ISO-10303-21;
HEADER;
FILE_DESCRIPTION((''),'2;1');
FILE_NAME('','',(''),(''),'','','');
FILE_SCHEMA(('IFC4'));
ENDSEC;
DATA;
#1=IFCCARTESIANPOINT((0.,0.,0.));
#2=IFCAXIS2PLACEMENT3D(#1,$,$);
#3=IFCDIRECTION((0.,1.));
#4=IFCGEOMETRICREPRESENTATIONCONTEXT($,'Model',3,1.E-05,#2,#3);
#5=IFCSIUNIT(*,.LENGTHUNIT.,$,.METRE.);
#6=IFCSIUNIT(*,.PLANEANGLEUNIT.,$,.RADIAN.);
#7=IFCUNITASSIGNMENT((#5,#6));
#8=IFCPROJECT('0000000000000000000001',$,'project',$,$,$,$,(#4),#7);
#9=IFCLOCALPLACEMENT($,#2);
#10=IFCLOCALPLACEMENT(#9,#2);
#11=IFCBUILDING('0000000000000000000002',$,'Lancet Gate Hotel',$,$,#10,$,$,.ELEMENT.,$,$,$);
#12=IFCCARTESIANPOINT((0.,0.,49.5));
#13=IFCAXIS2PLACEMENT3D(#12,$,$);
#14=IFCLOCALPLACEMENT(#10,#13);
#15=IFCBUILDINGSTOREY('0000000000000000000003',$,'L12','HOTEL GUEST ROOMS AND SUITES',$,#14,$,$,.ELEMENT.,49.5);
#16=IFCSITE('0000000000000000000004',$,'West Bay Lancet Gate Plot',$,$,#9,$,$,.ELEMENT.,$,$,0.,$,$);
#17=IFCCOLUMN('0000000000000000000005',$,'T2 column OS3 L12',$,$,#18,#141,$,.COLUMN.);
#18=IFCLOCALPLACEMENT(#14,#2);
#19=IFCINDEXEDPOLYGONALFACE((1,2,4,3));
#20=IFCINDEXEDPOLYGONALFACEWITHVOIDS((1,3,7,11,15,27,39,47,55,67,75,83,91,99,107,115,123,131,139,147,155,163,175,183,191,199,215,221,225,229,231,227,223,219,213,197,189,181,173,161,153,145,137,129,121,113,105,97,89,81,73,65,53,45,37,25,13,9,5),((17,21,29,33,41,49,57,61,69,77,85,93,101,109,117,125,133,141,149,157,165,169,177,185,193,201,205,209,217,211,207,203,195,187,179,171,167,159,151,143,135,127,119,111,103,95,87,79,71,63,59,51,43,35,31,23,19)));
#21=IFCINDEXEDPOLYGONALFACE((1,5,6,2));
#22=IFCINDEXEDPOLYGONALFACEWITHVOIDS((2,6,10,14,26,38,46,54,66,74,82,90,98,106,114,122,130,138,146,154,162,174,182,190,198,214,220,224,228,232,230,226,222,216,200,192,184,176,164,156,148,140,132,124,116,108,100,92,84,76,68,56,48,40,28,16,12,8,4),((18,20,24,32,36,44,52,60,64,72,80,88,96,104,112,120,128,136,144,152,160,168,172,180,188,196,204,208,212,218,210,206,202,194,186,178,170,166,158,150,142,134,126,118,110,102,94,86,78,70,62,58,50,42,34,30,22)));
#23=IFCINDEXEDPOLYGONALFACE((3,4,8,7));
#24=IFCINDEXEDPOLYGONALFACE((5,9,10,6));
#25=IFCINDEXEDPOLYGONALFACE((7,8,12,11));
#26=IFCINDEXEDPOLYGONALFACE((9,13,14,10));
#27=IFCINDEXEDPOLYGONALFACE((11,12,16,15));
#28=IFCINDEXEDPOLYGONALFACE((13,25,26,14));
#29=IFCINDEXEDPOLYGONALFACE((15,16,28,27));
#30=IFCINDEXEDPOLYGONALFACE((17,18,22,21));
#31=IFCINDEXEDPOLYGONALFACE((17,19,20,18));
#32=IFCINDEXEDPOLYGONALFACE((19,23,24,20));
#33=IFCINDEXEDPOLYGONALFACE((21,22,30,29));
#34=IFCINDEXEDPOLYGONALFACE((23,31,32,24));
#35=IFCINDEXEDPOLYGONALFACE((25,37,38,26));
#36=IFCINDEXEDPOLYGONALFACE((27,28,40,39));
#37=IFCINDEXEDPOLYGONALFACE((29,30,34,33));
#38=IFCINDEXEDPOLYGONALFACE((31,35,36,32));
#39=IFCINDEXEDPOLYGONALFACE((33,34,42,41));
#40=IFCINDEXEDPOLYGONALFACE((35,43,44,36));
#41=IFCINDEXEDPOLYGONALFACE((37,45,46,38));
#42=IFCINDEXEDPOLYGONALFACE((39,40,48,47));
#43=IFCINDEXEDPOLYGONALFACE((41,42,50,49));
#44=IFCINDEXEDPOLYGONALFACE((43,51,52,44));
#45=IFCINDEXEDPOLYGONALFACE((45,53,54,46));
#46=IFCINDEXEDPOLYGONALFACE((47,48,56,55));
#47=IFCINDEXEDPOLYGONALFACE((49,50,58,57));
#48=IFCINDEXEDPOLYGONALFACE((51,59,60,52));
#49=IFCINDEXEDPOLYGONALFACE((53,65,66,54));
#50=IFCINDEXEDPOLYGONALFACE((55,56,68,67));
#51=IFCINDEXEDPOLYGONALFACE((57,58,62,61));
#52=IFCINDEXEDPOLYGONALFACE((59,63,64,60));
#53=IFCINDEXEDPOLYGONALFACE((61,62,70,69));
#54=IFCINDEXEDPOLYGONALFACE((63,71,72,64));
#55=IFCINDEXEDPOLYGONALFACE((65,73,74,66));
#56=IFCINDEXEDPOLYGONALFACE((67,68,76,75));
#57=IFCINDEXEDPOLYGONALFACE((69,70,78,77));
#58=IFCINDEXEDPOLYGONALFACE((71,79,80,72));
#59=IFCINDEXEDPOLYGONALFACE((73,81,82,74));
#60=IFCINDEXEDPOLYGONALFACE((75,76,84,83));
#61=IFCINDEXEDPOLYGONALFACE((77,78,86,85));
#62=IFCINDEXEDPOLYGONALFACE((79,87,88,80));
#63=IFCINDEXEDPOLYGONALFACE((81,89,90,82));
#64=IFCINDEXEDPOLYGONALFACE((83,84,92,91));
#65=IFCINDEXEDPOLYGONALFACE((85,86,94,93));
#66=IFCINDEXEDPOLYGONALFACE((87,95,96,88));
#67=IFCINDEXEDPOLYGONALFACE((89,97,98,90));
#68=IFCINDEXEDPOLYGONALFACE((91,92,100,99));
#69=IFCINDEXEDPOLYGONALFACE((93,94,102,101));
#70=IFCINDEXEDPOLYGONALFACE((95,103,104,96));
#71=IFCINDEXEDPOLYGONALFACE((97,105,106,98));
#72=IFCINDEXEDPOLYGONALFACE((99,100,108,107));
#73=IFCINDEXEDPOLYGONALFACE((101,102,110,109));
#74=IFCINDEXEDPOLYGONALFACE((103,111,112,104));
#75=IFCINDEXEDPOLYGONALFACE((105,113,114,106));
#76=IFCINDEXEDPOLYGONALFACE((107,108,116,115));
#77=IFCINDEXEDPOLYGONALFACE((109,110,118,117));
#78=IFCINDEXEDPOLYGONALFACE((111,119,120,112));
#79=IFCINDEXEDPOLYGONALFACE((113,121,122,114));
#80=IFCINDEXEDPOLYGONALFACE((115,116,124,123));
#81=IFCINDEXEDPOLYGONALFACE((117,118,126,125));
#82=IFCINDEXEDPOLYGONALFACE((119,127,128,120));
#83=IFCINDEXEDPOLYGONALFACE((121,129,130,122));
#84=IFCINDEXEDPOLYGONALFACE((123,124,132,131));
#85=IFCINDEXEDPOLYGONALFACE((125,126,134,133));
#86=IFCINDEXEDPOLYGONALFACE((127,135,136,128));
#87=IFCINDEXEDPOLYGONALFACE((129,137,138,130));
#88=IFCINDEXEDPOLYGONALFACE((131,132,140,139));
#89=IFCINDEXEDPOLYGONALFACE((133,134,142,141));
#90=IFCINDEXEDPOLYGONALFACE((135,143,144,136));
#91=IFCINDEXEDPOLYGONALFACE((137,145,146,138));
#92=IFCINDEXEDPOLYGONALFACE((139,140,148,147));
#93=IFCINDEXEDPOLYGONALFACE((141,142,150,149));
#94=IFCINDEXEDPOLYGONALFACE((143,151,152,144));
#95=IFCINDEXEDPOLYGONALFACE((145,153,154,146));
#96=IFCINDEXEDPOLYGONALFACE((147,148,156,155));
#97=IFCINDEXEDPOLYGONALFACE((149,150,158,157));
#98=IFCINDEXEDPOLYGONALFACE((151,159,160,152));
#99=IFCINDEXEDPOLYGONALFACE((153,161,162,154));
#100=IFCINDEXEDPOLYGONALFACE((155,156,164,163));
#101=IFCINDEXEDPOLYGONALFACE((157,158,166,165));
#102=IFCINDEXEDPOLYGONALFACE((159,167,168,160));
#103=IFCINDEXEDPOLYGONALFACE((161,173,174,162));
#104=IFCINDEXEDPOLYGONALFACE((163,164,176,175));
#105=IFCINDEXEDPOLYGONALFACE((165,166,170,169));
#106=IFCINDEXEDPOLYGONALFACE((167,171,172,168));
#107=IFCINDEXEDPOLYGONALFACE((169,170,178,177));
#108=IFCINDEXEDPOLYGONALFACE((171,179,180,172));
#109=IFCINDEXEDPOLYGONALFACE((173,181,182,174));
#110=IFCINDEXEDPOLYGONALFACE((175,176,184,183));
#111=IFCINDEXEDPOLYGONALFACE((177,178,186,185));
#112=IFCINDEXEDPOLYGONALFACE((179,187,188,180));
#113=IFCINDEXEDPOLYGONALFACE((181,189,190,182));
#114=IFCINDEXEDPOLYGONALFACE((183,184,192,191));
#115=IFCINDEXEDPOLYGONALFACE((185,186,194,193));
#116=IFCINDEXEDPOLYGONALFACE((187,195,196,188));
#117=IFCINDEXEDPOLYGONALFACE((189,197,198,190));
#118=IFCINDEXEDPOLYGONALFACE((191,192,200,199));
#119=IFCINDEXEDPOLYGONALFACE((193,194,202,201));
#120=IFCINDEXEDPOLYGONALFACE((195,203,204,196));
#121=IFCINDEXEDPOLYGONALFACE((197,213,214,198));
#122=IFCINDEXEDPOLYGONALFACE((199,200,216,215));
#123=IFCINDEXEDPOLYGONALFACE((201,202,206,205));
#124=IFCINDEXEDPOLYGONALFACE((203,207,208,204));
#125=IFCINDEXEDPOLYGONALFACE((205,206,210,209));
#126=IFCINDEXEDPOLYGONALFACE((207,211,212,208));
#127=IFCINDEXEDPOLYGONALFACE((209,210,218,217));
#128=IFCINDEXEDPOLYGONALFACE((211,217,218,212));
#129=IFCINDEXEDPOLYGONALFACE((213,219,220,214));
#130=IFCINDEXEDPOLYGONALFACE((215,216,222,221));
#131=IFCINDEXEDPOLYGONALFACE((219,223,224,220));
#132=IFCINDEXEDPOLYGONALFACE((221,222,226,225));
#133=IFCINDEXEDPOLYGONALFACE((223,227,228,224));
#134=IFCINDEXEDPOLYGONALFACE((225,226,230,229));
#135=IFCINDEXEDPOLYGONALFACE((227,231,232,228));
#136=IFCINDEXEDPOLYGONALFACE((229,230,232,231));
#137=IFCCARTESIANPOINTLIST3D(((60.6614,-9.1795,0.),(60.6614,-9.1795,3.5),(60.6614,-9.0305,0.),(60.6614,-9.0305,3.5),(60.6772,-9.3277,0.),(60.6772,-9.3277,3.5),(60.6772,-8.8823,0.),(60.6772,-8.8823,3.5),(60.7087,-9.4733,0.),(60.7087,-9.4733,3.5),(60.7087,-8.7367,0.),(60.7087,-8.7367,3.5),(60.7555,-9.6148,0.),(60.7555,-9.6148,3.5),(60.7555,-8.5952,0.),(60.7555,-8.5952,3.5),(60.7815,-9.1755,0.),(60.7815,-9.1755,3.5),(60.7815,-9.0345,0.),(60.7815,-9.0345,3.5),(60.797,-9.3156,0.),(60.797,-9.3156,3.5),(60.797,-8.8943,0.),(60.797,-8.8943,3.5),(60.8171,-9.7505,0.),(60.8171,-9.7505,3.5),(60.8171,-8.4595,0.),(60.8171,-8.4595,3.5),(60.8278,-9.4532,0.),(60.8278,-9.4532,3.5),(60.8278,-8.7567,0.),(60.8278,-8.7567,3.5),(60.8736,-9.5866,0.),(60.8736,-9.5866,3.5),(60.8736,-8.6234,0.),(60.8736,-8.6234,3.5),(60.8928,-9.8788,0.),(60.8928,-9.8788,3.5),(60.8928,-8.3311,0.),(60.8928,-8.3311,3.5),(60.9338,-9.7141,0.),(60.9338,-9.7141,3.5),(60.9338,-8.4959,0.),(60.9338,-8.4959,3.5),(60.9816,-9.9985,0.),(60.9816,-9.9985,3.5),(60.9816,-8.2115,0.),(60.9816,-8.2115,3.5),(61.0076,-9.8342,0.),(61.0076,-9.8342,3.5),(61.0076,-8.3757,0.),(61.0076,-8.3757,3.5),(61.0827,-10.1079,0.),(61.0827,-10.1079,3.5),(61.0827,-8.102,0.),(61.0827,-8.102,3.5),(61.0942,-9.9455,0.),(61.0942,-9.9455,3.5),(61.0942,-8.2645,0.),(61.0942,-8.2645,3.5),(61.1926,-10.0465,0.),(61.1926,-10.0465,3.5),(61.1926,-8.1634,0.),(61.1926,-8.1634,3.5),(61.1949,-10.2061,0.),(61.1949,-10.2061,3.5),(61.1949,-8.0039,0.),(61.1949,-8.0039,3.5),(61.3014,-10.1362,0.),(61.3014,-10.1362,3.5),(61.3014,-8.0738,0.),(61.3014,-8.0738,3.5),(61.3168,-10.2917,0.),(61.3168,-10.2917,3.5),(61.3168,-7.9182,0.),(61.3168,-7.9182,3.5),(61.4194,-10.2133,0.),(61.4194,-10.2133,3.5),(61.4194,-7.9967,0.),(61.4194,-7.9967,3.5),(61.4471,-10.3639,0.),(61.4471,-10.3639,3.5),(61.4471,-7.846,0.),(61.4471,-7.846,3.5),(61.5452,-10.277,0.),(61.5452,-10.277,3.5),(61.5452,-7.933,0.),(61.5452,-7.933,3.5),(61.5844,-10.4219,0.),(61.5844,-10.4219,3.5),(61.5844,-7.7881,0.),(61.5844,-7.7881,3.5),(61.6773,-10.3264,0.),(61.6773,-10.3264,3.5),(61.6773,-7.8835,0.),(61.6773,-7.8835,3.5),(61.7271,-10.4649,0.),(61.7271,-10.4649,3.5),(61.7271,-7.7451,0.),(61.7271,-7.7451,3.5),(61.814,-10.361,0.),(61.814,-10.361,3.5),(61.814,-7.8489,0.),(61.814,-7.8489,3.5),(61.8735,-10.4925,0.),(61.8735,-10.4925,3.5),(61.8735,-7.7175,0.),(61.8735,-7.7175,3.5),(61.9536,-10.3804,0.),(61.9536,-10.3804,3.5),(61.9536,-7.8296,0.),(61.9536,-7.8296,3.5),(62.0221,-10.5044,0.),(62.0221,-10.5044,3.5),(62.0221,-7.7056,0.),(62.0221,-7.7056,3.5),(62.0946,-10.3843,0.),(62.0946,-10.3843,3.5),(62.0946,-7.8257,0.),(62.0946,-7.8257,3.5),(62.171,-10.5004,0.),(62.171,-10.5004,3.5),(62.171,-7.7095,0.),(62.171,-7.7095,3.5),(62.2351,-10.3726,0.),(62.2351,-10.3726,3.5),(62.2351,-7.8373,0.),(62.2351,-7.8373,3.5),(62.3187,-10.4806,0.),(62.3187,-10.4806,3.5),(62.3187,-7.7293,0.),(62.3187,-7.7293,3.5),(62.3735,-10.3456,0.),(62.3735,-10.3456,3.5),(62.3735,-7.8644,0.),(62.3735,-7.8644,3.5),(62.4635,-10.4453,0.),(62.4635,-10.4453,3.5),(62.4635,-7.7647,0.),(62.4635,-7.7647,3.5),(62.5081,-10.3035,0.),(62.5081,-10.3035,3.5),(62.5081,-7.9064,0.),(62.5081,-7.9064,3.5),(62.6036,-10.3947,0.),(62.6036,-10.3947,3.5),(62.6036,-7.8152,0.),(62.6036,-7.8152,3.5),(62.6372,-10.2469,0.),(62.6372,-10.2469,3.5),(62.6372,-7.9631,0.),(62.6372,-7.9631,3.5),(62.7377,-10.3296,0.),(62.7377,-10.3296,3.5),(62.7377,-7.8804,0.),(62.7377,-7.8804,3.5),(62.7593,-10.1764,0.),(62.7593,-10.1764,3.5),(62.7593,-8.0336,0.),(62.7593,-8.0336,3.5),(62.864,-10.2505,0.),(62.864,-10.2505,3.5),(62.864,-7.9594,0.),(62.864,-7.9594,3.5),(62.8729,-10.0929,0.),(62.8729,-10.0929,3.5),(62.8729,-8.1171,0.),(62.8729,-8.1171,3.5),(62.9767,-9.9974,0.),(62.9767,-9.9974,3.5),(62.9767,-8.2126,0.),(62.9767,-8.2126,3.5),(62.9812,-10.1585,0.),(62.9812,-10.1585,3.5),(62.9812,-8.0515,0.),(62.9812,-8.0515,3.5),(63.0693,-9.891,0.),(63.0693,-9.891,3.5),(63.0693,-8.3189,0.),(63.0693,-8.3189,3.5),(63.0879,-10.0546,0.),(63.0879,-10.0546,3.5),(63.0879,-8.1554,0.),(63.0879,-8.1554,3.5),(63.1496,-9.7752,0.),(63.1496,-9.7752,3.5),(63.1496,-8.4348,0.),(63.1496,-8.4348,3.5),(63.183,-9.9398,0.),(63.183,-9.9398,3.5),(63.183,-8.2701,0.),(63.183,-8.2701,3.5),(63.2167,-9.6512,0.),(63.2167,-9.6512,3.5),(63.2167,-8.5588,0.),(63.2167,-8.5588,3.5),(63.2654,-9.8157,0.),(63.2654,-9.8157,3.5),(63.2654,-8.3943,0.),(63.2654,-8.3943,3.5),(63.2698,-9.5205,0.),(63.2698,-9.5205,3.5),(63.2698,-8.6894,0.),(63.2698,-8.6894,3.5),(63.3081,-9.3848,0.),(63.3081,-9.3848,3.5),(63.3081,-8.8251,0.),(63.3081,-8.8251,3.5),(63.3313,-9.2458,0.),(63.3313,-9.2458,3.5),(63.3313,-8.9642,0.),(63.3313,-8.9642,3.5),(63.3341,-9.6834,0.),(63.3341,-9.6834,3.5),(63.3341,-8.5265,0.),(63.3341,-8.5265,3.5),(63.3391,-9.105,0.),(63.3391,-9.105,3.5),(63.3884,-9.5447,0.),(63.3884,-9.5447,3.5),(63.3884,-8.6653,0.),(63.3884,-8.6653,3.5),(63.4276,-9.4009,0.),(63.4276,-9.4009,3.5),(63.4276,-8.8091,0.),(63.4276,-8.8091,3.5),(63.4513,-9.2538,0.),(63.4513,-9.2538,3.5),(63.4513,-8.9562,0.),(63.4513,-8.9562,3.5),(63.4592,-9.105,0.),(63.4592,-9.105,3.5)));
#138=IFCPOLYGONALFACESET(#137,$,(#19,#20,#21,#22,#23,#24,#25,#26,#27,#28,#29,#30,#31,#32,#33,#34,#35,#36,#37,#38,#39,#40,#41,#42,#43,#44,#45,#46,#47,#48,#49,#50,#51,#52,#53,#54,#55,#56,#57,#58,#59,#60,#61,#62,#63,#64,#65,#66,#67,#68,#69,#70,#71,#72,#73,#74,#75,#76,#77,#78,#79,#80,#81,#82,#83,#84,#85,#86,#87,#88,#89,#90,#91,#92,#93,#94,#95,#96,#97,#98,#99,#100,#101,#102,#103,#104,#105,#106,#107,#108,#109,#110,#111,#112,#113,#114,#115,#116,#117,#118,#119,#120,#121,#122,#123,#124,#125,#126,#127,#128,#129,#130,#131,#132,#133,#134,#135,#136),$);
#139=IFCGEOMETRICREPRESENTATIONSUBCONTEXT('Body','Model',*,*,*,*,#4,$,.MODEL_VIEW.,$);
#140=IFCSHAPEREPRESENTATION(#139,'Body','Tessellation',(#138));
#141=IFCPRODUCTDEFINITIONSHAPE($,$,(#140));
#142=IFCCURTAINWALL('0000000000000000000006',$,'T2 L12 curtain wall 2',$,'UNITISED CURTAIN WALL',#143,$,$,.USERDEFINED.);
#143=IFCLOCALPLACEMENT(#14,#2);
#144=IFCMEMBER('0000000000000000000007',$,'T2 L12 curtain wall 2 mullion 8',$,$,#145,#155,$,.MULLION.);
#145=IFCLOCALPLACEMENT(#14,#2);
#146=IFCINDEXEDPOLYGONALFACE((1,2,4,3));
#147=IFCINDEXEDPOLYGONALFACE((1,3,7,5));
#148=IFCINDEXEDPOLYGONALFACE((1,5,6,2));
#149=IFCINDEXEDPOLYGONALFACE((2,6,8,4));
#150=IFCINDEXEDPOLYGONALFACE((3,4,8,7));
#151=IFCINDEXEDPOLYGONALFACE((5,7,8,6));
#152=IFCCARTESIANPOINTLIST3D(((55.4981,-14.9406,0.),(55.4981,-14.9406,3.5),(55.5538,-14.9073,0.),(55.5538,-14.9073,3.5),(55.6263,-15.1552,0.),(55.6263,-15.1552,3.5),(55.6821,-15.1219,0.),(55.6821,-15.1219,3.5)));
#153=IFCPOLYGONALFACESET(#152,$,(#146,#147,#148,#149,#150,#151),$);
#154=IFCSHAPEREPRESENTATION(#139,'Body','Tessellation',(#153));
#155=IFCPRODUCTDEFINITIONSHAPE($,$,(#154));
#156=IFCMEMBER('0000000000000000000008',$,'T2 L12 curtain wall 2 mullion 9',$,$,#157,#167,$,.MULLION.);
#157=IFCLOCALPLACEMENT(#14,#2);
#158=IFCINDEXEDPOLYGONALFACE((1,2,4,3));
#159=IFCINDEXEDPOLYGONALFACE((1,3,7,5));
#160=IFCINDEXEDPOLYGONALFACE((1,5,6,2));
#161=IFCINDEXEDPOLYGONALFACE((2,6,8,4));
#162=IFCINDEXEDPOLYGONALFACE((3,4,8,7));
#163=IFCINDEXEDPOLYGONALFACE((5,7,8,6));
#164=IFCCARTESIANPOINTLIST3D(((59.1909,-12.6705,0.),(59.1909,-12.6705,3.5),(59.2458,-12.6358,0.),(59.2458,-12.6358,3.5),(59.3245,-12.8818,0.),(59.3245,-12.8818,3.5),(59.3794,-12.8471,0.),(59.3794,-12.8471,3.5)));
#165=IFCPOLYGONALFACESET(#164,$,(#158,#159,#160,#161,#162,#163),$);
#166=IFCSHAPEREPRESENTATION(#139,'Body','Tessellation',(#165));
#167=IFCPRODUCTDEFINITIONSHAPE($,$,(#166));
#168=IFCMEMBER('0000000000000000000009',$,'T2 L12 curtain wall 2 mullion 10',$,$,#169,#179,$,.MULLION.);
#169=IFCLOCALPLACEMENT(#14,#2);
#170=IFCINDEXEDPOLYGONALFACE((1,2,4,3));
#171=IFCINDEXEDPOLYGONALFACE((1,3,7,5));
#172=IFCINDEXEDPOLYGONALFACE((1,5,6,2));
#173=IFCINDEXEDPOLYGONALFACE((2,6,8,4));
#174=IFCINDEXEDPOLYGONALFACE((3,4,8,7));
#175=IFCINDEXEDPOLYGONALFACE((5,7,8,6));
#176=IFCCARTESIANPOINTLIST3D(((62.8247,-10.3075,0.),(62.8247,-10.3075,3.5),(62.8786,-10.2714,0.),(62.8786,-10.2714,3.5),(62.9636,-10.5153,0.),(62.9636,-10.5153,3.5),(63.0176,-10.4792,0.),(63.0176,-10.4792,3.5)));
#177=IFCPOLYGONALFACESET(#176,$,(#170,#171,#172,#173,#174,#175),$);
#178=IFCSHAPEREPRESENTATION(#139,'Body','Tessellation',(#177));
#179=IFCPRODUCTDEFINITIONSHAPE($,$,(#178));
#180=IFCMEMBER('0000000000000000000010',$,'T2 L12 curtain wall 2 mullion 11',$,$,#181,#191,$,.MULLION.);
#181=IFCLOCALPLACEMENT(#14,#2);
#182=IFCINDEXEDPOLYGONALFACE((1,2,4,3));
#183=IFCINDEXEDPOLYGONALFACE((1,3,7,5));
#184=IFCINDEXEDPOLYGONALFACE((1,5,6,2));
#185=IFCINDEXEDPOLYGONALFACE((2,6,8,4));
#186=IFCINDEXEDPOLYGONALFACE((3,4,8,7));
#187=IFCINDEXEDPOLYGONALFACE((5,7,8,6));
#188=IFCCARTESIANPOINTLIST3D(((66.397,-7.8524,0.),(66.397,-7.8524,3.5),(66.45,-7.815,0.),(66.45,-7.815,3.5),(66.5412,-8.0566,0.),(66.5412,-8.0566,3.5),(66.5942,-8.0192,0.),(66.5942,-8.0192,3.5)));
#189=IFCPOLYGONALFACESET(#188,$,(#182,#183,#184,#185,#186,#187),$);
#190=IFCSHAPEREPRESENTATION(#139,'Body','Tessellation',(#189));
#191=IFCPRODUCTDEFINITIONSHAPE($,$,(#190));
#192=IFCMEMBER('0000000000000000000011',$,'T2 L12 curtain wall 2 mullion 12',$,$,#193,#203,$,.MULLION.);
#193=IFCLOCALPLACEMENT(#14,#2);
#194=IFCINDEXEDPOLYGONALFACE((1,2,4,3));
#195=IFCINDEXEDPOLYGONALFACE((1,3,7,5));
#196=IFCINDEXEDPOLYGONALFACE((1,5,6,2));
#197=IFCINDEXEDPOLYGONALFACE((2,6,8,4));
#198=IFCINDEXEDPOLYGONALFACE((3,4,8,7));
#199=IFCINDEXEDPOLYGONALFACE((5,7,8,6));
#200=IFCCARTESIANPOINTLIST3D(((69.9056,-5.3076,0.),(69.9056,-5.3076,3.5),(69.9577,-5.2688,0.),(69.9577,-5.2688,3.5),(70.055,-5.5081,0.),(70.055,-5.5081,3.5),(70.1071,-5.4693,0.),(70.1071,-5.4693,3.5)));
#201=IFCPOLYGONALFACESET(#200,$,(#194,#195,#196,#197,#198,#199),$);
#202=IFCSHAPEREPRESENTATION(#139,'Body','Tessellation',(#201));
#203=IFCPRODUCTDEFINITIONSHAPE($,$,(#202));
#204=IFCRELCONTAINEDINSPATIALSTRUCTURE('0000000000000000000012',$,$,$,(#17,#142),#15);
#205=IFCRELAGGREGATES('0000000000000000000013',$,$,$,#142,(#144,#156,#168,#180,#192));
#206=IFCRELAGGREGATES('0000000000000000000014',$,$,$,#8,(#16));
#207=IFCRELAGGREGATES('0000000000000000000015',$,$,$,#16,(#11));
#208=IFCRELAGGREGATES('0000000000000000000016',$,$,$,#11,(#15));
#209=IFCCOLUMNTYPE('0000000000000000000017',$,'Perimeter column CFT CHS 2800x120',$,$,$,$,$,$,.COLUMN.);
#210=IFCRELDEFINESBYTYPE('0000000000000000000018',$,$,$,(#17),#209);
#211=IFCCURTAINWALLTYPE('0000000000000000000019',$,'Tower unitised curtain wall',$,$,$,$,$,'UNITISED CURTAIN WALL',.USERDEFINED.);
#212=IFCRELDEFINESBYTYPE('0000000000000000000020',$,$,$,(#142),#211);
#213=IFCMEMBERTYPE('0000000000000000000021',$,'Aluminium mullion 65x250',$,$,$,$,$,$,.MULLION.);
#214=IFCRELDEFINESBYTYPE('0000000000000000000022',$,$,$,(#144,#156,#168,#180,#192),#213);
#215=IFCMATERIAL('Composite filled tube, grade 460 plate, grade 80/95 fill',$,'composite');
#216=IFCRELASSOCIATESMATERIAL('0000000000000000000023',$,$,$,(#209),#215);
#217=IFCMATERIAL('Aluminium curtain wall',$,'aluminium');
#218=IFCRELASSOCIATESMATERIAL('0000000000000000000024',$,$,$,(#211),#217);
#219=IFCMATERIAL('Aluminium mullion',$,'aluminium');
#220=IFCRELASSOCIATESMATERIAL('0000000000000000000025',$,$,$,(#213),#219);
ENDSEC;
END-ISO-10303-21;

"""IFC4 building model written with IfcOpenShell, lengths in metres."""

from ifc_helpers import new_model, si_unit, direction, frame, origin, origin_2d, place, context, subcontext, project, spatial, rectangle, hollow_circle, extrude, material, material_profile, profile_set, type_object, element, aggregate, save


model = new_model("IFC4")

# Units and contexts
model_context = context("Model", 3, precision=1e-05, world=origin(), true_north=direction((0.0, 1.0)))
body_context = subcontext(model_context, "Body", "Model", "MODEL_VIEW")
ifc_project = project(units=[si_unit("LENGTHUNIT", "METRE"), si_unit("PLANEANGLEUNIT", "RADIAN")], contexts=[model_context])

# Site, building, storey
site_placement = place(None, origin())
site = spatial("IfcSite", under=ifc_project, at=site_placement, Name="West Bay Lancet Gate Plot", CompositionType="ELEMENT", RefElevation=0.0)
building_placement = place(site_placement, origin())
building = spatial("IfcBuilding", under=site, at=building_placement, Name="Lancet Gate Hotel", CompositionType="ELEMENT")
storey_placement = place(building_placement, frame((0.0, 0.0, 49.5)))
storey = spatial("IfcBuildingStorey", under=building, at=storey_placement, Name="L12", Description="HOTEL GUEST ROOMS AND SUITES", CompositionType="ELEMENT", Elevation=49.5)

# Column
ifc_material_1 = material(Name="Composite filled tube, grade 460 plate, grade 80/95 fill", Category="composite")
ifc_material_profile_1 = material_profile(ifc_material_1, hollow_circle(Radius=1.3999, WallThickness=0.1201, at=origin_2d()), Name="CHS 2800x120")
ifc_profile_set_1 = profile_set([ifc_material_profile_1], Name="Composite filled tube, grade 460 plate, grade 80/95 fill")
column_type_1 = type_object("IfcColumnType", Name="Perimeter column CFT CHS 2800x120", PredefinedType="COLUMN", material=ifc_profile_set_1)
for number, where, z_axis, x_axis, name in (
    (1, (62.0593, -9.105, 0.0), (0.0, 0.0, 1.0), (1.0, 0.0, 0.0), "T2 column OS3 L12"),
):
    element("IfcColumn", number, at=place(storey_placement, frame(where, z_axis=z_axis, x_axis=x_axis)), inside=storey, type_object=column_type_1, Name=name, PredefinedType="COLUMN", context=body_context, shape_type="SweptSolid", body=[
        extrude(hollow_circle(Radius=1.3999, WallThickness=0.1201, at=origin_2d()), origin(), (0.0, 0.0, 1.0), 3.5),
    ])

# Curtain wall, members
ifc_material_2 = material(Name="Aluminium curtain wall", Category="aluminium")
curtain_wall_type = type_object("IfcCurtainWallType", Name="Tower unitised curtain wall", ElementType="UNITISED CURTAIN WALL", PredefinedType="USERDEFINED", material=ifc_material_2)
curtain_wall_placement = place(storey_placement, origin())
curtain_wall = element("IfcCurtainWall", 2, at=curtain_wall_placement, inside=storey, type_object=curtain_wall_type, Name="T2 L12 curtain wall 2", ObjectType="UNITISED CURTAIN WALL", PredefinedType="USERDEFINED")
ifc_material_3 = material(Name="Aluminium mullion", Category="aluminium")
ifc_material_profile_2 = material_profile(ifc_material_3, rectangle(XDim=0.0649, YDim=0.25, at=origin_2d()), Name="MULLION 65x250")
ifc_profile_set_2 = profile_set([ifc_material_profile_2], Name="Aluminium mullion")
member_type_1 = type_object("IfcMemberType", Name="Aluminium mullion 65x250", PredefinedType="MULLION", material=ifc_profile_set_2)
member_1_placement = place(storey_placement, frame((55.5901, -15.0312, 0.0), z_axis=(0.0, 0.0, 1.0), x_axis=(0.858413, 0.512959, 0.0)))
member_1 = element("IfcMember", 3, at=member_1_placement, type_object=member_type_1, Name="T2 L12 curtain wall 2 mullion 8", PredefinedType="MULLION", context=body_context, shape_type="SweptSolid", body=[
    extrude(rectangle(XDim=0.0649, YDim=0.25, at=origin_2d()), origin(), (0.0, 0.0, 1.0), 3.5),
])
member_2_placement = place(storey_placement, frame((59.2852, -12.7588, 0.0), z_axis=(0.0, 0.0, 1.0), x_axis=(0.845079, 0.534641, 0.0)))
member_2 = element("IfcMember", 4, at=member_2_placement, type_object=member_type_1, Name="T2 L12 curtain wall 2 mullion 9", PredefinedType="MULLION", context=body_context, shape_type="SweptSolid", body=[
    extrude(rectangle(XDim=0.0649, YDim=0.25, at=origin_2d()), origin(), (0.0, 0.0, 1.0), 3.5),
])
member_3_placement = place(storey_placement, frame((62.9211, -10.3933, 0.0), z_axis=(0.0, 0.0, 1.0), x_axis=(0.831198, 0.555976, 0.0)))
member_3 = element("IfcMember", 5, at=member_3_placement, type_object=member_type_1, Name="T2 L12 curtain wall 2 mullion 10", PredefinedType="MULLION", context=body_context, shape_type="SweptSolid", body=[
    extrude(rectangle(XDim=0.0649, YDim=0.25, at=origin_2d()), origin(), (0.0, 0.0, 1.0), 3.5),
])
member_4_placement = place(storey_placement, frame((66.4956, -7.9358, 0.0), z_axis=(0.0, 0.0, 1.0), x_axis=(0.816779, 0.576951, 0.0)))
member_4 = element("IfcMember", 6, at=member_4_placement, type_object=member_type_1, Name="T2 L12 curtain wall 2 mullion 11", PredefinedType="MULLION", context=body_context, shape_type="SweptSolid", body=[
    extrude(rectangle(XDim=0.0649, YDim=0.25, at=origin_2d()), origin(), (0.0, 0.0, 1.0), 3.5),
])
member_5_placement = place(storey_placement, frame((70.0063, -5.3884, 0.0), z_axis=(0.0, 0.0, 1.0), x_axis=(0.80183, 0.597552, 0.0)))
member_5 = element("IfcMember", 7, at=member_5_placement, type_object=member_type_1, Name="T2 L12 curtain wall 2 mullion 12", PredefinedType="MULLION", context=body_context, shape_type="SweptSolid", body=[
    extrude(rectangle(XDim=0.0649, YDim=0.25, at=origin_2d()), origin(), (0.0, 0.0, 1.0), 3.5),
])

aggregate(curtain_wall, [member_1, member_2, member_3, member_4, member_5])

save(model, "model.ifc")
